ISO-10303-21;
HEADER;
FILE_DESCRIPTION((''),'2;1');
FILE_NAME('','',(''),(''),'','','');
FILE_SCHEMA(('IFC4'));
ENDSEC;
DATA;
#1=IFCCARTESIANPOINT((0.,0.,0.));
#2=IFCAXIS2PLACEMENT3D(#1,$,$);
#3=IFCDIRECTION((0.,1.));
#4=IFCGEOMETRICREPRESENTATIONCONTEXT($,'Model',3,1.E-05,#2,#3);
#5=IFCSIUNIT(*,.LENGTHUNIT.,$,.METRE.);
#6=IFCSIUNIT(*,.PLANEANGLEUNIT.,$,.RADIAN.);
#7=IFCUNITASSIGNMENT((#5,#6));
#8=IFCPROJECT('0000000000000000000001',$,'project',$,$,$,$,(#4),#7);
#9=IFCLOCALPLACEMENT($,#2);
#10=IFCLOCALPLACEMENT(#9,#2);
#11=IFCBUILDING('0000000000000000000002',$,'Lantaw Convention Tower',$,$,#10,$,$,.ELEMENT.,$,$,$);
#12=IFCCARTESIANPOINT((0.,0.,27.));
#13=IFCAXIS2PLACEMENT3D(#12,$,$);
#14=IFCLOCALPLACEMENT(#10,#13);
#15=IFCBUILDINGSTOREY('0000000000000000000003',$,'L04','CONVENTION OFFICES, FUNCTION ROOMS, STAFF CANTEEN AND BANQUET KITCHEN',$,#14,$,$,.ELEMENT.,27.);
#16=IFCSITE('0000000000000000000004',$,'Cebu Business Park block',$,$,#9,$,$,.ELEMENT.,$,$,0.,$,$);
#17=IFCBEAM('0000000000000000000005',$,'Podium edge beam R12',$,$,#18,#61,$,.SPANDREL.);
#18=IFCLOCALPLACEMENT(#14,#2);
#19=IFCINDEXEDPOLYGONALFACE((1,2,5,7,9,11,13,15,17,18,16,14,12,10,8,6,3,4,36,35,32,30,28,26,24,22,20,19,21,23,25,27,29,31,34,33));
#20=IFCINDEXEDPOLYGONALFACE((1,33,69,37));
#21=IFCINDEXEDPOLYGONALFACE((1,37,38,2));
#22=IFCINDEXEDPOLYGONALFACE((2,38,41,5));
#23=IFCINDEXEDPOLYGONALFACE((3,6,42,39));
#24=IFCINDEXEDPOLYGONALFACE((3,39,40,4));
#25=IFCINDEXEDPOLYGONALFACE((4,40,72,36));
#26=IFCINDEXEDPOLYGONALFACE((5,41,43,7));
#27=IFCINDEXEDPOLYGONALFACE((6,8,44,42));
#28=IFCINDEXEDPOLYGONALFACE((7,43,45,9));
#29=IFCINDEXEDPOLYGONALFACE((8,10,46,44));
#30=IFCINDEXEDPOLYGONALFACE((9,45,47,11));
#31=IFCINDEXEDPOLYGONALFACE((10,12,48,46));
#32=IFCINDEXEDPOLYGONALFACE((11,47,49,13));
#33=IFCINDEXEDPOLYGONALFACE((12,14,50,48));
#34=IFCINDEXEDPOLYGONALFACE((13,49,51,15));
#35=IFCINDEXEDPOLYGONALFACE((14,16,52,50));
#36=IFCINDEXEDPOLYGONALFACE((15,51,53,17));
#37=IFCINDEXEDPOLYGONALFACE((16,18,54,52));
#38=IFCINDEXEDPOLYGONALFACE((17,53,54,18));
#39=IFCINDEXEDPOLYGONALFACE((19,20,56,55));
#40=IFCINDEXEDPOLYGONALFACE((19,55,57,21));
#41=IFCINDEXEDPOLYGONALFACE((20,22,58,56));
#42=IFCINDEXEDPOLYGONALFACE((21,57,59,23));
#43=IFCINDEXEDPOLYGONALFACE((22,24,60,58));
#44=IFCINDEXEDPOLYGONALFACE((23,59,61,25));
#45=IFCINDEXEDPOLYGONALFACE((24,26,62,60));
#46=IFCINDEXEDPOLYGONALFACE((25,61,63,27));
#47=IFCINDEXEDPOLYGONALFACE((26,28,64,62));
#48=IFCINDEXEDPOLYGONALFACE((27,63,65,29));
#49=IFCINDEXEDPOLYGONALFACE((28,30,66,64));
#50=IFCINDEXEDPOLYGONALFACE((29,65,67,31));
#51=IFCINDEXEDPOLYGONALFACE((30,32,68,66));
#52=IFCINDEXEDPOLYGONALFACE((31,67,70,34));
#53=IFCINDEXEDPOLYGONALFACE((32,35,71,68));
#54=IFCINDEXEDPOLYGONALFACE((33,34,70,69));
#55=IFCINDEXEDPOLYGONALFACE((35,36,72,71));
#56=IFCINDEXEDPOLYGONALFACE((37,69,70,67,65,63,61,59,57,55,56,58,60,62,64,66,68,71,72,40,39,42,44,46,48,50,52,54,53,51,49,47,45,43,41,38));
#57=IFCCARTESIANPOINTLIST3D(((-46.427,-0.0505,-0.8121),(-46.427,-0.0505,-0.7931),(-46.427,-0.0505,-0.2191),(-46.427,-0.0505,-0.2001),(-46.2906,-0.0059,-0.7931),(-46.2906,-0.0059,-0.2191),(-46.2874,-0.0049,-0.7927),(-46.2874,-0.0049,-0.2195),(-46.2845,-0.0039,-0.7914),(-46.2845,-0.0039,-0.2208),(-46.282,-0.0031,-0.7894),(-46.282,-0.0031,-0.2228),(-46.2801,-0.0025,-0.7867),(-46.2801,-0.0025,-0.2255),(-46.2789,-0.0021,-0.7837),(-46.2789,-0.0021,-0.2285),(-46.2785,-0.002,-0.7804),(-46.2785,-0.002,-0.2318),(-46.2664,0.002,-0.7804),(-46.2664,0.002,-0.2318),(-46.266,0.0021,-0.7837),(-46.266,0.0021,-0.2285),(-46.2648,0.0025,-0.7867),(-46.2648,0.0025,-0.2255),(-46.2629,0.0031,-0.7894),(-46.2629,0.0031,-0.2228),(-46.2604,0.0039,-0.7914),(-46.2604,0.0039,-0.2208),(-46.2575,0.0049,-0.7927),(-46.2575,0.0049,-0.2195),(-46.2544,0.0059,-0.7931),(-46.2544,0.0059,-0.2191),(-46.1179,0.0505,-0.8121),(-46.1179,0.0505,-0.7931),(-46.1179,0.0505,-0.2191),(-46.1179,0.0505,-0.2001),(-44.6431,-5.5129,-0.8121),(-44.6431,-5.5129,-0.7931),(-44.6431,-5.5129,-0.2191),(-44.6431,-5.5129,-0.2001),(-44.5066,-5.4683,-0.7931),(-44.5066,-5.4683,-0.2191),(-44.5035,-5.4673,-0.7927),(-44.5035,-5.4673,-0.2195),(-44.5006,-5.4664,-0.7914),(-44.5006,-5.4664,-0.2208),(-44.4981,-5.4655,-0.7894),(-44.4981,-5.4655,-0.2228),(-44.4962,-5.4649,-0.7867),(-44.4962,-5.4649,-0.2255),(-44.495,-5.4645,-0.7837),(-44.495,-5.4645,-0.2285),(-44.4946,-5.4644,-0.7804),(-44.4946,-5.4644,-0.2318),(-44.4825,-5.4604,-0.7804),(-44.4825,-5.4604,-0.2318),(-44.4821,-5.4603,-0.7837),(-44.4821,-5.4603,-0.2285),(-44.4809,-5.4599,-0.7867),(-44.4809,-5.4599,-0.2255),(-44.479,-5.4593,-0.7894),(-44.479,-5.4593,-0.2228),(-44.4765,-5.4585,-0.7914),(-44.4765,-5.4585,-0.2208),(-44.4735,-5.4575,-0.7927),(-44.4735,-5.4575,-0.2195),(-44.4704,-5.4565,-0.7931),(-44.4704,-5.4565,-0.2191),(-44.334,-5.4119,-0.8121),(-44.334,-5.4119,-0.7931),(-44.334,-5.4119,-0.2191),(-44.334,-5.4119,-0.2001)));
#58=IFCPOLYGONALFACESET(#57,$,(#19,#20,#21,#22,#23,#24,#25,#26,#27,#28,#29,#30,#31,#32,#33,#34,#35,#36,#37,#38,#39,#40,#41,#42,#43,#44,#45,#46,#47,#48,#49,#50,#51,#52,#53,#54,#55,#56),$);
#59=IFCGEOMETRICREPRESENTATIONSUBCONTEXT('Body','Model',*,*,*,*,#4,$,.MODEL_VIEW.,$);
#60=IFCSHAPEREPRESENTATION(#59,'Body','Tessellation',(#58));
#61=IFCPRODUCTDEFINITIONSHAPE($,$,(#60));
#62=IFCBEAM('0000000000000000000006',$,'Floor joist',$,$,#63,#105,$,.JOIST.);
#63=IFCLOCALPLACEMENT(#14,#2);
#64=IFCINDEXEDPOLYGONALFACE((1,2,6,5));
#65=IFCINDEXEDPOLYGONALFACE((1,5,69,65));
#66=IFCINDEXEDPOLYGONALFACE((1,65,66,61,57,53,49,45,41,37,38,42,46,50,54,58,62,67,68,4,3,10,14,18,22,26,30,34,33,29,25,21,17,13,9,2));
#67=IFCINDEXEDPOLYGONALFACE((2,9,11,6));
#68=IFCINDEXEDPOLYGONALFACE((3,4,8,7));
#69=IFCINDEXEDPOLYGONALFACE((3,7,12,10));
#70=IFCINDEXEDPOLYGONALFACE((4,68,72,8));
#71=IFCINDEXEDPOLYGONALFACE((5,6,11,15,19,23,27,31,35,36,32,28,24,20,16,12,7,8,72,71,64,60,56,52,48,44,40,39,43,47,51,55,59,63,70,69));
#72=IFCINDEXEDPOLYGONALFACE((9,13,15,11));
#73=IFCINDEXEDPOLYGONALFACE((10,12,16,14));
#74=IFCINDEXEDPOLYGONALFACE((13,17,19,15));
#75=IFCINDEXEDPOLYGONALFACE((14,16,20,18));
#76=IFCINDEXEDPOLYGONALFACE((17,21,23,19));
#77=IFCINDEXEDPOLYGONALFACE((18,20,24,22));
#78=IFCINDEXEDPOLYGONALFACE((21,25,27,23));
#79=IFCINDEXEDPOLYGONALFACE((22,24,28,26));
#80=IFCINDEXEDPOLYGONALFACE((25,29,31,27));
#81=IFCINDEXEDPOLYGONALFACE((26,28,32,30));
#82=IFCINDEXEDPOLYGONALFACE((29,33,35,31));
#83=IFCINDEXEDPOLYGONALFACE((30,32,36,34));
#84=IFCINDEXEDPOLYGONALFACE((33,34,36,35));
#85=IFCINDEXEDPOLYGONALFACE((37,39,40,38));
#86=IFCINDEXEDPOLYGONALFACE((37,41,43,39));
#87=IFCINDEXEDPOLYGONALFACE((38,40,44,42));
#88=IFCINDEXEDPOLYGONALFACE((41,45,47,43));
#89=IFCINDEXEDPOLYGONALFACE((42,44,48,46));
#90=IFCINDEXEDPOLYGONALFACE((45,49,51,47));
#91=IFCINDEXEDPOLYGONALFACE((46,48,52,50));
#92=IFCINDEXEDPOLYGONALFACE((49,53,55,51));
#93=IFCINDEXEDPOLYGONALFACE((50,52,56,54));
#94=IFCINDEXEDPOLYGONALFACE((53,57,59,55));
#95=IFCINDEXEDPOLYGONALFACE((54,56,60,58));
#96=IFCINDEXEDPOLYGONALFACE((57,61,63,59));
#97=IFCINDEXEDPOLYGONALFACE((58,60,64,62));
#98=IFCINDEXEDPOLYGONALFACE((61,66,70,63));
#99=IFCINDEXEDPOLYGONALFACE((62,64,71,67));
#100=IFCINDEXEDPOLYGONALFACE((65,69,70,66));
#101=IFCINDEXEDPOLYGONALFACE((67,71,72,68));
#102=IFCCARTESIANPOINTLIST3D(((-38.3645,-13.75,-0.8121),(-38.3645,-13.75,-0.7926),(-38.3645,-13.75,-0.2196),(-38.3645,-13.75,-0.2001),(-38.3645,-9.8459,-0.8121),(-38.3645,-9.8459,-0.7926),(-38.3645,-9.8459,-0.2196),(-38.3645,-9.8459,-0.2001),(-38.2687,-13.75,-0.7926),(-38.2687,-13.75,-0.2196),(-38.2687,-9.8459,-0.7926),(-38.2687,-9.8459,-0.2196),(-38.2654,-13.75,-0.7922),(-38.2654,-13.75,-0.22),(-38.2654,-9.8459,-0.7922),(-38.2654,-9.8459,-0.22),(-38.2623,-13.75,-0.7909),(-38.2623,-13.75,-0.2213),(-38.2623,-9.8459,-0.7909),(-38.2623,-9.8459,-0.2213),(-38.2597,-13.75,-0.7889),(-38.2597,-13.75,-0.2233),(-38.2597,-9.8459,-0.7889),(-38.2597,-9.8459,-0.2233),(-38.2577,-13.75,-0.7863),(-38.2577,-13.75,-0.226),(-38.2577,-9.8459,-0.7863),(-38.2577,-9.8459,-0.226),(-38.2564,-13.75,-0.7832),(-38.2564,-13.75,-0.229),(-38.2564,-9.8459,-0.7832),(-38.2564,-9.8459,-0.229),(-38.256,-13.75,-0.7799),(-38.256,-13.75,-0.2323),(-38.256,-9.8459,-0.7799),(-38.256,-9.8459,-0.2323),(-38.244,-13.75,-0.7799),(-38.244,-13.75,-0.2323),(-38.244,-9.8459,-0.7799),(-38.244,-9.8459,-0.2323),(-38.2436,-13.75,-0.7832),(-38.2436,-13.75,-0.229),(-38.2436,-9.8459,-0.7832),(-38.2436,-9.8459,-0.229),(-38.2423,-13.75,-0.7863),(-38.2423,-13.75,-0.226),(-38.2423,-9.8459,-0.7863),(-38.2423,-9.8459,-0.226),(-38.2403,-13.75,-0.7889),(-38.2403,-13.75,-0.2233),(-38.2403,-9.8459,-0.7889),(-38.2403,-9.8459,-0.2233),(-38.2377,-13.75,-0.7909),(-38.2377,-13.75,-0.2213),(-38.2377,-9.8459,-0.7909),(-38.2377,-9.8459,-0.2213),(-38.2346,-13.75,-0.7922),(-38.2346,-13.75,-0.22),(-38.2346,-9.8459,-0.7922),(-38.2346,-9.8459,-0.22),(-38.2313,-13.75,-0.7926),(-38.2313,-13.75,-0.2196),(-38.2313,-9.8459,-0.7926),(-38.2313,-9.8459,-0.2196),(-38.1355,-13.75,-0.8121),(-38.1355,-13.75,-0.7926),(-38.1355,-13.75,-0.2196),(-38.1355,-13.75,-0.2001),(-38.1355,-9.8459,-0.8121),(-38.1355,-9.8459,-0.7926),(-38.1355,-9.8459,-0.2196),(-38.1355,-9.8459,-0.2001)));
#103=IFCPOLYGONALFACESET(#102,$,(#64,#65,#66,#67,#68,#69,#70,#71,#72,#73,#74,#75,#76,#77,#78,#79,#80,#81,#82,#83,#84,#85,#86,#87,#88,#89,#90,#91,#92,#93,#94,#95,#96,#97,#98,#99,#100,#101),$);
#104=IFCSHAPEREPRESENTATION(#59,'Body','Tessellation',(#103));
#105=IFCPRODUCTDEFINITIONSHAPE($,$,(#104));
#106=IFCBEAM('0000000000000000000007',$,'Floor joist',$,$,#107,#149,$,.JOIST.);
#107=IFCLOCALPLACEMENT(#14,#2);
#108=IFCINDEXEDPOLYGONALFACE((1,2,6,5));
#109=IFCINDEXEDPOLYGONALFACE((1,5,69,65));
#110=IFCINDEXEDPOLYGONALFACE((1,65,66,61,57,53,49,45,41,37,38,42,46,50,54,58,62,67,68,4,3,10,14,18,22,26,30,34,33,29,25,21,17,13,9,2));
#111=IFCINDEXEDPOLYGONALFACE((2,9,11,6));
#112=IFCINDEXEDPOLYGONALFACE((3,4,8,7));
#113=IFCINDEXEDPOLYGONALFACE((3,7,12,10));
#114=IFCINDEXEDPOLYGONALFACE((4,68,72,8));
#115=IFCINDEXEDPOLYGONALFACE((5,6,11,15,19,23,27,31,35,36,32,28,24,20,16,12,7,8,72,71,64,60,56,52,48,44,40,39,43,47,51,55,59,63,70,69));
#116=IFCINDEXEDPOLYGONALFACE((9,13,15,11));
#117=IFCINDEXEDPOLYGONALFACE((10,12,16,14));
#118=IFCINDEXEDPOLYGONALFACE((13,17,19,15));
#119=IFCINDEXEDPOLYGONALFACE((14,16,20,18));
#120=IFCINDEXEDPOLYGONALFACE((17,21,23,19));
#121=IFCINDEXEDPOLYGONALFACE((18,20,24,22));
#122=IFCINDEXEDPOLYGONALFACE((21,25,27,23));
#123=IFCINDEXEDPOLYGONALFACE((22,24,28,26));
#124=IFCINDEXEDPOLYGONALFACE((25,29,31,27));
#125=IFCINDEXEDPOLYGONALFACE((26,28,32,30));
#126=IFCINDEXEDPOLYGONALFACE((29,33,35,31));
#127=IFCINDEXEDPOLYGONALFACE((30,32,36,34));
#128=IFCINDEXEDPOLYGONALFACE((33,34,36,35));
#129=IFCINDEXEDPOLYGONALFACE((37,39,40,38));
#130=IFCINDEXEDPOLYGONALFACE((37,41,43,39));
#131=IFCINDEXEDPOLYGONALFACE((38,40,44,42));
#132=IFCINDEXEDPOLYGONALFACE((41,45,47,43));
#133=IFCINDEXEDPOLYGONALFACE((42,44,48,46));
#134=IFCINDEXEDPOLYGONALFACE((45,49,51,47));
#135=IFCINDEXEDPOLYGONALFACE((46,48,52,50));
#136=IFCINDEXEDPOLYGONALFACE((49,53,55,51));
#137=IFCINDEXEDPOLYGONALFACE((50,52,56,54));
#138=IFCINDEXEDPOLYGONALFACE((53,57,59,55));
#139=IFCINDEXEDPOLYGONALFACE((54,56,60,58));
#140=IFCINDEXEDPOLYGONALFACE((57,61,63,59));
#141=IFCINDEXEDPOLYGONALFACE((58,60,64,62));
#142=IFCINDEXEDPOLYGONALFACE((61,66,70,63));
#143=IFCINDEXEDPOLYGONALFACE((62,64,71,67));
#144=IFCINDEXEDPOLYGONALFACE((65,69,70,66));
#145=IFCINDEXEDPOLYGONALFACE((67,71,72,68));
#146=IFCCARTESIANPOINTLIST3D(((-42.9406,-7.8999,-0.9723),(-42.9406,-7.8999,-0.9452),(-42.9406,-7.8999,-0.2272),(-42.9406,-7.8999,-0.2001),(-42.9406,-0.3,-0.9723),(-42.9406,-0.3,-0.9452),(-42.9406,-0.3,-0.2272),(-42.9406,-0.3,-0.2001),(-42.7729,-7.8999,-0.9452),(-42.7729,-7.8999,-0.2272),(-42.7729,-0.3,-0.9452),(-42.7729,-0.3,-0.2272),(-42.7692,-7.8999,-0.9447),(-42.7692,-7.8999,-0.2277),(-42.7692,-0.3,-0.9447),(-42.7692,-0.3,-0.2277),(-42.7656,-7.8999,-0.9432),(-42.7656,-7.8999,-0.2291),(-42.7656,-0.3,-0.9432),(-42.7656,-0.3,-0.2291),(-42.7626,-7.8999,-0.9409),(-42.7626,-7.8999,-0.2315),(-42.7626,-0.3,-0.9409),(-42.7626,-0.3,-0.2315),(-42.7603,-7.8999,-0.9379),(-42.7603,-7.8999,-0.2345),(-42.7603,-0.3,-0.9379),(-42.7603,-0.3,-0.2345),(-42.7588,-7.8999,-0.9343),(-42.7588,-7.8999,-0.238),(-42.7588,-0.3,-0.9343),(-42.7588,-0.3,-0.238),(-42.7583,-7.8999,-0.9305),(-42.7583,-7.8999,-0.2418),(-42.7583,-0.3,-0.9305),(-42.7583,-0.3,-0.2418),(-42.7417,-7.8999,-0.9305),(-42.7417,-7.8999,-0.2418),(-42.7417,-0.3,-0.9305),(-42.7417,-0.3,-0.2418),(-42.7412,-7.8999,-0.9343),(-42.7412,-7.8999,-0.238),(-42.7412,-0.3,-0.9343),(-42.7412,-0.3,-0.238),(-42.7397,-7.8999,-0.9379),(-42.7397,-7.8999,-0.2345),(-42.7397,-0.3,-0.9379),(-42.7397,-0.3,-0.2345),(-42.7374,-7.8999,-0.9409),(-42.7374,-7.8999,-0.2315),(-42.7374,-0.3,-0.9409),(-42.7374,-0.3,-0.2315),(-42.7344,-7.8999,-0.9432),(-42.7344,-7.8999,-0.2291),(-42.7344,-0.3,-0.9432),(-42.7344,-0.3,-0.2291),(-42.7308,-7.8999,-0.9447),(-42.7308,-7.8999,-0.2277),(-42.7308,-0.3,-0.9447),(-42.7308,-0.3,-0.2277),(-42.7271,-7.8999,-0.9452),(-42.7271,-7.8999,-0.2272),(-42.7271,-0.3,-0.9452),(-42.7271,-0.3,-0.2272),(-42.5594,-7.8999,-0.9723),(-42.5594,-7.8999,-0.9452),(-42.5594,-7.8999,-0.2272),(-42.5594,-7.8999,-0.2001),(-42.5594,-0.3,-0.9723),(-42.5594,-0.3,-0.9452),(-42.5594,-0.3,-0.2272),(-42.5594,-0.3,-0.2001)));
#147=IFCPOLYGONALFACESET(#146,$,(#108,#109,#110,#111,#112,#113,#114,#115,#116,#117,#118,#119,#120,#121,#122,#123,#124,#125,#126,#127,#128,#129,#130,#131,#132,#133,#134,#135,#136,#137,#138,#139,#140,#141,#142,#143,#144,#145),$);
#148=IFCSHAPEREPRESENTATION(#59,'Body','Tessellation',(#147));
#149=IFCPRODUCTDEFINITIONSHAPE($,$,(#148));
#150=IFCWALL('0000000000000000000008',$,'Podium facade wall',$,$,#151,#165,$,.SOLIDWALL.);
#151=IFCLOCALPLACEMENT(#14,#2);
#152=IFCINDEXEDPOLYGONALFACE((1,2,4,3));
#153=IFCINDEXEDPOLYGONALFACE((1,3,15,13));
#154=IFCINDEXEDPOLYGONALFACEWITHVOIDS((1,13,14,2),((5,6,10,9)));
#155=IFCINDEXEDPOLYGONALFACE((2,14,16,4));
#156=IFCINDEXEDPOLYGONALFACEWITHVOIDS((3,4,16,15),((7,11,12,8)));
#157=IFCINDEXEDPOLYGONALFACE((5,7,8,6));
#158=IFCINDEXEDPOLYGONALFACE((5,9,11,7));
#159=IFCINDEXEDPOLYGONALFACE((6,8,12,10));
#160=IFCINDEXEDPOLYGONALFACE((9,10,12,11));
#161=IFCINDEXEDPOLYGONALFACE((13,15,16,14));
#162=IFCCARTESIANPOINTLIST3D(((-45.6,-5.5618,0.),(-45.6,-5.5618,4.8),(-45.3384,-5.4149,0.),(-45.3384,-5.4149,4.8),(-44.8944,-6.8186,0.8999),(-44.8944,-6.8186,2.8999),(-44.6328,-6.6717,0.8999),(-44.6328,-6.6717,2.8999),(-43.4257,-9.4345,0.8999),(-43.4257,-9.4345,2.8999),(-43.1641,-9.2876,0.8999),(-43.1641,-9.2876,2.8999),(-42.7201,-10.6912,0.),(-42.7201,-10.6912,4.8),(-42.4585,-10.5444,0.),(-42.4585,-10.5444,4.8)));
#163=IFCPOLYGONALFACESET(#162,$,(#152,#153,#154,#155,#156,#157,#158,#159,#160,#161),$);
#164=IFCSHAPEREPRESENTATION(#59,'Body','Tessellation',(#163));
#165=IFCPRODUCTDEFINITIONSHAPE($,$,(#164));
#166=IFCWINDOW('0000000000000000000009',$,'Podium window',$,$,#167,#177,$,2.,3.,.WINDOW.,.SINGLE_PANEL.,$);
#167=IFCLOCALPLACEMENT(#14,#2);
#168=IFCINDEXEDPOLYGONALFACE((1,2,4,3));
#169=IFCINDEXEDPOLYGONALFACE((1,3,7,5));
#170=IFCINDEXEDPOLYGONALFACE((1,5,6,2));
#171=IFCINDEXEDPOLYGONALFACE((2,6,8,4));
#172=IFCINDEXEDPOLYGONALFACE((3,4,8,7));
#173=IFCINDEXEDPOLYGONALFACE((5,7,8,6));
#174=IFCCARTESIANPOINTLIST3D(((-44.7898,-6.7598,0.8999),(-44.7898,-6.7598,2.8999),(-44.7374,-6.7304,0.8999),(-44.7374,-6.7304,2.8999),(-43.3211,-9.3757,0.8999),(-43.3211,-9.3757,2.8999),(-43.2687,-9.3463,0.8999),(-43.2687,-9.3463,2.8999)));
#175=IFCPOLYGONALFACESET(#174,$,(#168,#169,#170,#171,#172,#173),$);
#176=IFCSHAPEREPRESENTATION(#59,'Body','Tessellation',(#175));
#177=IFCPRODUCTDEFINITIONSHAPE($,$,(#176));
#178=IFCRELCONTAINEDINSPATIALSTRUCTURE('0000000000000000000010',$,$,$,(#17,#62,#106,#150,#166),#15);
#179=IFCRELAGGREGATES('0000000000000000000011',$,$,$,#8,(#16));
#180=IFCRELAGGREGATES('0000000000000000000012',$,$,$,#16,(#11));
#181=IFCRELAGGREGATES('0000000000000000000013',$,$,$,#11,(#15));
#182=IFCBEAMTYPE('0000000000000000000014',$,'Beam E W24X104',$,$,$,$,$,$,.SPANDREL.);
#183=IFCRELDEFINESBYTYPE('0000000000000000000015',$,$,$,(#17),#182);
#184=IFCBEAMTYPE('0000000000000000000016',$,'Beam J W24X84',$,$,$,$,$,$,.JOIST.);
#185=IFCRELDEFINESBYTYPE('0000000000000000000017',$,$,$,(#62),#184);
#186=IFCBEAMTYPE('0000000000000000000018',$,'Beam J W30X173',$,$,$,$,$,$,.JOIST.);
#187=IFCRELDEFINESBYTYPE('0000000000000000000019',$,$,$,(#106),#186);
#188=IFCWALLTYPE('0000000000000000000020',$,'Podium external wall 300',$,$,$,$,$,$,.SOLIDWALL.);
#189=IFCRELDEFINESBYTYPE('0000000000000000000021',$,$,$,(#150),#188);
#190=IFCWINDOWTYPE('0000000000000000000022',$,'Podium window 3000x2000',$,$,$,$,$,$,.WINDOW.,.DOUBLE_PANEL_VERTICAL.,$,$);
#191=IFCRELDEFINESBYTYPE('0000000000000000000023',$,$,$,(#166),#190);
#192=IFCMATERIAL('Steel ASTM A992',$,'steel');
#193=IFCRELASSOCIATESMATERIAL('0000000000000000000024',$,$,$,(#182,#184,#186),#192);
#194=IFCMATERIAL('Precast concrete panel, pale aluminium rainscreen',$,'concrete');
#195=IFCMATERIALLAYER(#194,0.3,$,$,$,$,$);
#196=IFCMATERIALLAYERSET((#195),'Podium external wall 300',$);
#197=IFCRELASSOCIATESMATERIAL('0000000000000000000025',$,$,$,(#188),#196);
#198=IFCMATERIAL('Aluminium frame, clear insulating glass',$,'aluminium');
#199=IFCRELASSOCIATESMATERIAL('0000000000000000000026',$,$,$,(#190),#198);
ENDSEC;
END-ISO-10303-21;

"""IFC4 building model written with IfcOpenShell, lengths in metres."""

from ifc_helpers import new_model, si_unit, direction, frame, frame_2d, origin, origin_2d, place, context, subcontext, project, spatial, rectangle, i_section, extrude, material, layer, layer_set, material_profile, profile_set, type_object, element, fill, save


model = new_model("IFC4")

# Units and contexts
model_context = context("Model", 3, precision=1e-05, world=origin(), true_north=direction((0.0, 1.0)))
body_context = subcontext(model_context, "Body", "Model", "MODEL_VIEW")
ifc_project = project(units=[si_unit("LENGTHUNIT", "METRE"), si_unit("PLANEANGLEUNIT", "RADIAN")], contexts=[model_context])

# Site, building, storey
site_placement = place(None, origin())
site = spatial("IfcSite", under=ifc_project, at=site_placement, Name="Cebu Business Park block", CompositionType="ELEMENT", RefElevation=0.0)
building_placement = place(site_placement, origin())
building = spatial("IfcBuilding", under=site, at=building_placement, Name="Lantaw Convention Tower", CompositionType="ELEMENT")
storey_placement = place(building_placement, frame((0.0, 0.0, 27.0)))
storey = spatial("IfcBuildingStorey", under=building, at=storey_placement, Name="L04", Description="CONVENTION OFFICES, FUNCTION ROOMS, STAFF CANTEEN AND BANQUET KITCHEN", CompositionType="ELEMENT", Elevation=27.0)

# Beams
ifc_material_1 = material(Name="Steel ASTM A992", Category="steel")
ifc_material_profile_1 = material_profile(ifc_material_1, i_section(OverallWidth=0.3252, OverallDepth=0.6121, WebThickness=0.0127, FlangeThickness=0.019, FilletRadius=0.0127, at=origin_2d()), Name="W24X104")
ifc_profile_set_1 = profile_set([ifc_material_profile_1], Name="Steel ASTM A992")
beam_type_1 = type_object("IfcBeamType", Name="Beam E W24X104", PredefinedType="SPANDREL", material=ifc_profile_set_1)
beam_1_placement = place(storey_placement, frame((-46.2725, 0.0, -0.5061), z_axis=(0.310448, -0.95059, 0.0), x_axis=(0.95059, 0.310448, 0.0)))
element("IfcBeam", 1, at=beam_1_placement, inside=storey, type_object=beam_type_1, Name="Podium edge beam R12", PredefinedType="SPANDREL", context=body_context, shape_type="SweptSolid", body=[
    extrude(i_section(OverallWidth=0.3252, OverallDepth=0.6121, WebThickness=0.0127, FlangeThickness=0.019, FilletRadius=0.0127, at=origin_2d()), origin(), (0.0, 0.0, 1.0), 5.7463),
])
ifc_material_profile_2 = material_profile(ifc_material_1, i_section(OverallWidth=0.229, OverallDepth=0.6121, WebThickness=0.012, FlangeThickness=0.0195, FilletRadius=0.0127, at=origin_2d()), Name="W24X84")
ifc_profile_set_2 = profile_set([ifc_material_profile_2], Name="Steel ASTM A992")
beam_type_2 = type_object("IfcBeamType", Name="Beam J W24X84", PredefinedType="JOIST", material=ifc_profile_set_2)
beam_2_placement = place(storey_placement, frame((-38.25, -13.75, -0.5061), z_axis=(0.0, 1.0, 0.0), x_axis=(-1.0, 0.0, 0.0)))
element("IfcBeam", 2, at=beam_2_placement, inside=storey, type_object=beam_type_2, Name="Floor joist", PredefinedType="JOIST", context=body_context, shape_type="SweptSolid", body=[
    extrude(i_section(OverallWidth=0.229, OverallDepth=0.6121, WebThickness=0.012, FlangeThickness=0.0195, FilletRadius=0.0127, at=origin_2d()), origin(), (0.0, 0.0, 1.0), 3.9041),
])
ifc_material_profile_3 = material_profile(ifc_material_1, i_section(OverallWidth=0.3811, OverallDepth=0.7722, WebThickness=0.0166, FlangeThickness=0.0271, FilletRadius=0.0146, at=origin_2d()), Name="W30X173")
ifc_profile_set_3 = profile_set([ifc_material_profile_3], Name="Steel ASTM A992")
beam_type_3 = type_object("IfcBeamType", Name="Beam J W30X173", PredefinedType="JOIST", material=ifc_profile_set_3)
beam_3_placement = place(storey_placement, frame((-42.75, -7.8999, -0.5862), z_axis=(0.0, 1.0, 0.0), x_axis=(-1.0, 0.0, 0.0)))
element("IfcBeam", 3, at=beam_3_placement, inside=storey, type_object=beam_type_3, Name="Floor joist", PredefinedType="JOIST", context=body_context, shape_type="SweptSolid", body=[
    extrude(i_section(OverallWidth=0.3811, OverallDepth=0.7722, WebThickness=0.0166, FlangeThickness=0.0271, FilletRadius=0.0146, at=origin_2d()), origin(), (0.0, 0.0, 1.0), 7.5999),
])

# Wall, opening, window
ifc_material_2 = material(Name="Precast concrete panel, pale aluminium rainscreen", Category="concrete")
ifc_layer_1 = layer(ifc_material_2, 0.3)
ifc_layer_set_1 = layer_set([ifc_layer_1], Name="Podium external wall 300")
wall_type_1 = type_object("IfcWallType", Name="Podium external wall 300", PredefinedType="SOLIDWALL", material=ifc_layer_set_1)
wall_1_placement = place(storey_placement, frame((-45.4692, -5.4883, 0.0), z_axis=(0.0, 0.0, 1.0), x_axis=(0.489564, -0.871968, 0.0)))
wall_1 = element("IfcWall", 4, at=wall_1_placement, inside=storey, type_object=wall_type_1, Name="Podium facade wall", PredefinedType="SOLIDWALL", context=body_context, shape_type="SweptSolid", body=[
    extrude(rectangle(XDim=5.8826, YDim=0.3, at=frame_2d((2.9414, 0.0))), origin(), (0.0, 0.0, 1.0), 4.8),
])
opening_1_placement = place(wall_1_placement, frame((1.4414, 0.0, 0.8999)))
opening_1 = element("IfcOpeningElement", 5, at=opening_1_placement, cuts=wall_1, PredefinedType="OPENING", context=body_context, shape_type="SweptSolid", body=[
    extrude(rectangle(XDim=3.0, YDim=2.0, at=frame_2d((1.5, 1.0))), frame((0.0, 0.1599, 0.0), z_axis=(0.0, -1.0, 0.0), x_axis=(1.0, 0.0, 0.0)), (0.0, 0.0, 1.0), 0.3201),
])
ifc_material_3 = material(Name="Aluminium frame, clear insulating glass", Category="aluminium")
window_type = type_object("IfcWindowType", Name="Podium window 3000x2000", PartitioningType="DOUBLE_PANEL_VERTICAL", PredefinedType="WINDOW", material=ifc_material_3)
window_1_placement = place(opening_1_placement, origin())
window_1 = element("IfcWindow", 6, at=window_1_placement, inside=storey, type_object=window_type, Name="Podium window", OverallHeight=2.0, OverallWidth=3.0, PartitioningType="SINGLE_PANEL", PredefinedType="WINDOW", context=body_context, shape_type="SweptSolid", body=[
    extrude(rectangle(XDim=3.0, YDim=2.0, at=frame_2d((1.5, 1.0))), frame((0.0, 0.03, 0.0), z_axis=(0.0, -1.0, 0.0), x_axis=(1.0, 0.0, 0.0)), (0.0, 0.0, 1.0), 0.0601),
])
fill(opening_1, window_1)

save(model, "model.ifc")
